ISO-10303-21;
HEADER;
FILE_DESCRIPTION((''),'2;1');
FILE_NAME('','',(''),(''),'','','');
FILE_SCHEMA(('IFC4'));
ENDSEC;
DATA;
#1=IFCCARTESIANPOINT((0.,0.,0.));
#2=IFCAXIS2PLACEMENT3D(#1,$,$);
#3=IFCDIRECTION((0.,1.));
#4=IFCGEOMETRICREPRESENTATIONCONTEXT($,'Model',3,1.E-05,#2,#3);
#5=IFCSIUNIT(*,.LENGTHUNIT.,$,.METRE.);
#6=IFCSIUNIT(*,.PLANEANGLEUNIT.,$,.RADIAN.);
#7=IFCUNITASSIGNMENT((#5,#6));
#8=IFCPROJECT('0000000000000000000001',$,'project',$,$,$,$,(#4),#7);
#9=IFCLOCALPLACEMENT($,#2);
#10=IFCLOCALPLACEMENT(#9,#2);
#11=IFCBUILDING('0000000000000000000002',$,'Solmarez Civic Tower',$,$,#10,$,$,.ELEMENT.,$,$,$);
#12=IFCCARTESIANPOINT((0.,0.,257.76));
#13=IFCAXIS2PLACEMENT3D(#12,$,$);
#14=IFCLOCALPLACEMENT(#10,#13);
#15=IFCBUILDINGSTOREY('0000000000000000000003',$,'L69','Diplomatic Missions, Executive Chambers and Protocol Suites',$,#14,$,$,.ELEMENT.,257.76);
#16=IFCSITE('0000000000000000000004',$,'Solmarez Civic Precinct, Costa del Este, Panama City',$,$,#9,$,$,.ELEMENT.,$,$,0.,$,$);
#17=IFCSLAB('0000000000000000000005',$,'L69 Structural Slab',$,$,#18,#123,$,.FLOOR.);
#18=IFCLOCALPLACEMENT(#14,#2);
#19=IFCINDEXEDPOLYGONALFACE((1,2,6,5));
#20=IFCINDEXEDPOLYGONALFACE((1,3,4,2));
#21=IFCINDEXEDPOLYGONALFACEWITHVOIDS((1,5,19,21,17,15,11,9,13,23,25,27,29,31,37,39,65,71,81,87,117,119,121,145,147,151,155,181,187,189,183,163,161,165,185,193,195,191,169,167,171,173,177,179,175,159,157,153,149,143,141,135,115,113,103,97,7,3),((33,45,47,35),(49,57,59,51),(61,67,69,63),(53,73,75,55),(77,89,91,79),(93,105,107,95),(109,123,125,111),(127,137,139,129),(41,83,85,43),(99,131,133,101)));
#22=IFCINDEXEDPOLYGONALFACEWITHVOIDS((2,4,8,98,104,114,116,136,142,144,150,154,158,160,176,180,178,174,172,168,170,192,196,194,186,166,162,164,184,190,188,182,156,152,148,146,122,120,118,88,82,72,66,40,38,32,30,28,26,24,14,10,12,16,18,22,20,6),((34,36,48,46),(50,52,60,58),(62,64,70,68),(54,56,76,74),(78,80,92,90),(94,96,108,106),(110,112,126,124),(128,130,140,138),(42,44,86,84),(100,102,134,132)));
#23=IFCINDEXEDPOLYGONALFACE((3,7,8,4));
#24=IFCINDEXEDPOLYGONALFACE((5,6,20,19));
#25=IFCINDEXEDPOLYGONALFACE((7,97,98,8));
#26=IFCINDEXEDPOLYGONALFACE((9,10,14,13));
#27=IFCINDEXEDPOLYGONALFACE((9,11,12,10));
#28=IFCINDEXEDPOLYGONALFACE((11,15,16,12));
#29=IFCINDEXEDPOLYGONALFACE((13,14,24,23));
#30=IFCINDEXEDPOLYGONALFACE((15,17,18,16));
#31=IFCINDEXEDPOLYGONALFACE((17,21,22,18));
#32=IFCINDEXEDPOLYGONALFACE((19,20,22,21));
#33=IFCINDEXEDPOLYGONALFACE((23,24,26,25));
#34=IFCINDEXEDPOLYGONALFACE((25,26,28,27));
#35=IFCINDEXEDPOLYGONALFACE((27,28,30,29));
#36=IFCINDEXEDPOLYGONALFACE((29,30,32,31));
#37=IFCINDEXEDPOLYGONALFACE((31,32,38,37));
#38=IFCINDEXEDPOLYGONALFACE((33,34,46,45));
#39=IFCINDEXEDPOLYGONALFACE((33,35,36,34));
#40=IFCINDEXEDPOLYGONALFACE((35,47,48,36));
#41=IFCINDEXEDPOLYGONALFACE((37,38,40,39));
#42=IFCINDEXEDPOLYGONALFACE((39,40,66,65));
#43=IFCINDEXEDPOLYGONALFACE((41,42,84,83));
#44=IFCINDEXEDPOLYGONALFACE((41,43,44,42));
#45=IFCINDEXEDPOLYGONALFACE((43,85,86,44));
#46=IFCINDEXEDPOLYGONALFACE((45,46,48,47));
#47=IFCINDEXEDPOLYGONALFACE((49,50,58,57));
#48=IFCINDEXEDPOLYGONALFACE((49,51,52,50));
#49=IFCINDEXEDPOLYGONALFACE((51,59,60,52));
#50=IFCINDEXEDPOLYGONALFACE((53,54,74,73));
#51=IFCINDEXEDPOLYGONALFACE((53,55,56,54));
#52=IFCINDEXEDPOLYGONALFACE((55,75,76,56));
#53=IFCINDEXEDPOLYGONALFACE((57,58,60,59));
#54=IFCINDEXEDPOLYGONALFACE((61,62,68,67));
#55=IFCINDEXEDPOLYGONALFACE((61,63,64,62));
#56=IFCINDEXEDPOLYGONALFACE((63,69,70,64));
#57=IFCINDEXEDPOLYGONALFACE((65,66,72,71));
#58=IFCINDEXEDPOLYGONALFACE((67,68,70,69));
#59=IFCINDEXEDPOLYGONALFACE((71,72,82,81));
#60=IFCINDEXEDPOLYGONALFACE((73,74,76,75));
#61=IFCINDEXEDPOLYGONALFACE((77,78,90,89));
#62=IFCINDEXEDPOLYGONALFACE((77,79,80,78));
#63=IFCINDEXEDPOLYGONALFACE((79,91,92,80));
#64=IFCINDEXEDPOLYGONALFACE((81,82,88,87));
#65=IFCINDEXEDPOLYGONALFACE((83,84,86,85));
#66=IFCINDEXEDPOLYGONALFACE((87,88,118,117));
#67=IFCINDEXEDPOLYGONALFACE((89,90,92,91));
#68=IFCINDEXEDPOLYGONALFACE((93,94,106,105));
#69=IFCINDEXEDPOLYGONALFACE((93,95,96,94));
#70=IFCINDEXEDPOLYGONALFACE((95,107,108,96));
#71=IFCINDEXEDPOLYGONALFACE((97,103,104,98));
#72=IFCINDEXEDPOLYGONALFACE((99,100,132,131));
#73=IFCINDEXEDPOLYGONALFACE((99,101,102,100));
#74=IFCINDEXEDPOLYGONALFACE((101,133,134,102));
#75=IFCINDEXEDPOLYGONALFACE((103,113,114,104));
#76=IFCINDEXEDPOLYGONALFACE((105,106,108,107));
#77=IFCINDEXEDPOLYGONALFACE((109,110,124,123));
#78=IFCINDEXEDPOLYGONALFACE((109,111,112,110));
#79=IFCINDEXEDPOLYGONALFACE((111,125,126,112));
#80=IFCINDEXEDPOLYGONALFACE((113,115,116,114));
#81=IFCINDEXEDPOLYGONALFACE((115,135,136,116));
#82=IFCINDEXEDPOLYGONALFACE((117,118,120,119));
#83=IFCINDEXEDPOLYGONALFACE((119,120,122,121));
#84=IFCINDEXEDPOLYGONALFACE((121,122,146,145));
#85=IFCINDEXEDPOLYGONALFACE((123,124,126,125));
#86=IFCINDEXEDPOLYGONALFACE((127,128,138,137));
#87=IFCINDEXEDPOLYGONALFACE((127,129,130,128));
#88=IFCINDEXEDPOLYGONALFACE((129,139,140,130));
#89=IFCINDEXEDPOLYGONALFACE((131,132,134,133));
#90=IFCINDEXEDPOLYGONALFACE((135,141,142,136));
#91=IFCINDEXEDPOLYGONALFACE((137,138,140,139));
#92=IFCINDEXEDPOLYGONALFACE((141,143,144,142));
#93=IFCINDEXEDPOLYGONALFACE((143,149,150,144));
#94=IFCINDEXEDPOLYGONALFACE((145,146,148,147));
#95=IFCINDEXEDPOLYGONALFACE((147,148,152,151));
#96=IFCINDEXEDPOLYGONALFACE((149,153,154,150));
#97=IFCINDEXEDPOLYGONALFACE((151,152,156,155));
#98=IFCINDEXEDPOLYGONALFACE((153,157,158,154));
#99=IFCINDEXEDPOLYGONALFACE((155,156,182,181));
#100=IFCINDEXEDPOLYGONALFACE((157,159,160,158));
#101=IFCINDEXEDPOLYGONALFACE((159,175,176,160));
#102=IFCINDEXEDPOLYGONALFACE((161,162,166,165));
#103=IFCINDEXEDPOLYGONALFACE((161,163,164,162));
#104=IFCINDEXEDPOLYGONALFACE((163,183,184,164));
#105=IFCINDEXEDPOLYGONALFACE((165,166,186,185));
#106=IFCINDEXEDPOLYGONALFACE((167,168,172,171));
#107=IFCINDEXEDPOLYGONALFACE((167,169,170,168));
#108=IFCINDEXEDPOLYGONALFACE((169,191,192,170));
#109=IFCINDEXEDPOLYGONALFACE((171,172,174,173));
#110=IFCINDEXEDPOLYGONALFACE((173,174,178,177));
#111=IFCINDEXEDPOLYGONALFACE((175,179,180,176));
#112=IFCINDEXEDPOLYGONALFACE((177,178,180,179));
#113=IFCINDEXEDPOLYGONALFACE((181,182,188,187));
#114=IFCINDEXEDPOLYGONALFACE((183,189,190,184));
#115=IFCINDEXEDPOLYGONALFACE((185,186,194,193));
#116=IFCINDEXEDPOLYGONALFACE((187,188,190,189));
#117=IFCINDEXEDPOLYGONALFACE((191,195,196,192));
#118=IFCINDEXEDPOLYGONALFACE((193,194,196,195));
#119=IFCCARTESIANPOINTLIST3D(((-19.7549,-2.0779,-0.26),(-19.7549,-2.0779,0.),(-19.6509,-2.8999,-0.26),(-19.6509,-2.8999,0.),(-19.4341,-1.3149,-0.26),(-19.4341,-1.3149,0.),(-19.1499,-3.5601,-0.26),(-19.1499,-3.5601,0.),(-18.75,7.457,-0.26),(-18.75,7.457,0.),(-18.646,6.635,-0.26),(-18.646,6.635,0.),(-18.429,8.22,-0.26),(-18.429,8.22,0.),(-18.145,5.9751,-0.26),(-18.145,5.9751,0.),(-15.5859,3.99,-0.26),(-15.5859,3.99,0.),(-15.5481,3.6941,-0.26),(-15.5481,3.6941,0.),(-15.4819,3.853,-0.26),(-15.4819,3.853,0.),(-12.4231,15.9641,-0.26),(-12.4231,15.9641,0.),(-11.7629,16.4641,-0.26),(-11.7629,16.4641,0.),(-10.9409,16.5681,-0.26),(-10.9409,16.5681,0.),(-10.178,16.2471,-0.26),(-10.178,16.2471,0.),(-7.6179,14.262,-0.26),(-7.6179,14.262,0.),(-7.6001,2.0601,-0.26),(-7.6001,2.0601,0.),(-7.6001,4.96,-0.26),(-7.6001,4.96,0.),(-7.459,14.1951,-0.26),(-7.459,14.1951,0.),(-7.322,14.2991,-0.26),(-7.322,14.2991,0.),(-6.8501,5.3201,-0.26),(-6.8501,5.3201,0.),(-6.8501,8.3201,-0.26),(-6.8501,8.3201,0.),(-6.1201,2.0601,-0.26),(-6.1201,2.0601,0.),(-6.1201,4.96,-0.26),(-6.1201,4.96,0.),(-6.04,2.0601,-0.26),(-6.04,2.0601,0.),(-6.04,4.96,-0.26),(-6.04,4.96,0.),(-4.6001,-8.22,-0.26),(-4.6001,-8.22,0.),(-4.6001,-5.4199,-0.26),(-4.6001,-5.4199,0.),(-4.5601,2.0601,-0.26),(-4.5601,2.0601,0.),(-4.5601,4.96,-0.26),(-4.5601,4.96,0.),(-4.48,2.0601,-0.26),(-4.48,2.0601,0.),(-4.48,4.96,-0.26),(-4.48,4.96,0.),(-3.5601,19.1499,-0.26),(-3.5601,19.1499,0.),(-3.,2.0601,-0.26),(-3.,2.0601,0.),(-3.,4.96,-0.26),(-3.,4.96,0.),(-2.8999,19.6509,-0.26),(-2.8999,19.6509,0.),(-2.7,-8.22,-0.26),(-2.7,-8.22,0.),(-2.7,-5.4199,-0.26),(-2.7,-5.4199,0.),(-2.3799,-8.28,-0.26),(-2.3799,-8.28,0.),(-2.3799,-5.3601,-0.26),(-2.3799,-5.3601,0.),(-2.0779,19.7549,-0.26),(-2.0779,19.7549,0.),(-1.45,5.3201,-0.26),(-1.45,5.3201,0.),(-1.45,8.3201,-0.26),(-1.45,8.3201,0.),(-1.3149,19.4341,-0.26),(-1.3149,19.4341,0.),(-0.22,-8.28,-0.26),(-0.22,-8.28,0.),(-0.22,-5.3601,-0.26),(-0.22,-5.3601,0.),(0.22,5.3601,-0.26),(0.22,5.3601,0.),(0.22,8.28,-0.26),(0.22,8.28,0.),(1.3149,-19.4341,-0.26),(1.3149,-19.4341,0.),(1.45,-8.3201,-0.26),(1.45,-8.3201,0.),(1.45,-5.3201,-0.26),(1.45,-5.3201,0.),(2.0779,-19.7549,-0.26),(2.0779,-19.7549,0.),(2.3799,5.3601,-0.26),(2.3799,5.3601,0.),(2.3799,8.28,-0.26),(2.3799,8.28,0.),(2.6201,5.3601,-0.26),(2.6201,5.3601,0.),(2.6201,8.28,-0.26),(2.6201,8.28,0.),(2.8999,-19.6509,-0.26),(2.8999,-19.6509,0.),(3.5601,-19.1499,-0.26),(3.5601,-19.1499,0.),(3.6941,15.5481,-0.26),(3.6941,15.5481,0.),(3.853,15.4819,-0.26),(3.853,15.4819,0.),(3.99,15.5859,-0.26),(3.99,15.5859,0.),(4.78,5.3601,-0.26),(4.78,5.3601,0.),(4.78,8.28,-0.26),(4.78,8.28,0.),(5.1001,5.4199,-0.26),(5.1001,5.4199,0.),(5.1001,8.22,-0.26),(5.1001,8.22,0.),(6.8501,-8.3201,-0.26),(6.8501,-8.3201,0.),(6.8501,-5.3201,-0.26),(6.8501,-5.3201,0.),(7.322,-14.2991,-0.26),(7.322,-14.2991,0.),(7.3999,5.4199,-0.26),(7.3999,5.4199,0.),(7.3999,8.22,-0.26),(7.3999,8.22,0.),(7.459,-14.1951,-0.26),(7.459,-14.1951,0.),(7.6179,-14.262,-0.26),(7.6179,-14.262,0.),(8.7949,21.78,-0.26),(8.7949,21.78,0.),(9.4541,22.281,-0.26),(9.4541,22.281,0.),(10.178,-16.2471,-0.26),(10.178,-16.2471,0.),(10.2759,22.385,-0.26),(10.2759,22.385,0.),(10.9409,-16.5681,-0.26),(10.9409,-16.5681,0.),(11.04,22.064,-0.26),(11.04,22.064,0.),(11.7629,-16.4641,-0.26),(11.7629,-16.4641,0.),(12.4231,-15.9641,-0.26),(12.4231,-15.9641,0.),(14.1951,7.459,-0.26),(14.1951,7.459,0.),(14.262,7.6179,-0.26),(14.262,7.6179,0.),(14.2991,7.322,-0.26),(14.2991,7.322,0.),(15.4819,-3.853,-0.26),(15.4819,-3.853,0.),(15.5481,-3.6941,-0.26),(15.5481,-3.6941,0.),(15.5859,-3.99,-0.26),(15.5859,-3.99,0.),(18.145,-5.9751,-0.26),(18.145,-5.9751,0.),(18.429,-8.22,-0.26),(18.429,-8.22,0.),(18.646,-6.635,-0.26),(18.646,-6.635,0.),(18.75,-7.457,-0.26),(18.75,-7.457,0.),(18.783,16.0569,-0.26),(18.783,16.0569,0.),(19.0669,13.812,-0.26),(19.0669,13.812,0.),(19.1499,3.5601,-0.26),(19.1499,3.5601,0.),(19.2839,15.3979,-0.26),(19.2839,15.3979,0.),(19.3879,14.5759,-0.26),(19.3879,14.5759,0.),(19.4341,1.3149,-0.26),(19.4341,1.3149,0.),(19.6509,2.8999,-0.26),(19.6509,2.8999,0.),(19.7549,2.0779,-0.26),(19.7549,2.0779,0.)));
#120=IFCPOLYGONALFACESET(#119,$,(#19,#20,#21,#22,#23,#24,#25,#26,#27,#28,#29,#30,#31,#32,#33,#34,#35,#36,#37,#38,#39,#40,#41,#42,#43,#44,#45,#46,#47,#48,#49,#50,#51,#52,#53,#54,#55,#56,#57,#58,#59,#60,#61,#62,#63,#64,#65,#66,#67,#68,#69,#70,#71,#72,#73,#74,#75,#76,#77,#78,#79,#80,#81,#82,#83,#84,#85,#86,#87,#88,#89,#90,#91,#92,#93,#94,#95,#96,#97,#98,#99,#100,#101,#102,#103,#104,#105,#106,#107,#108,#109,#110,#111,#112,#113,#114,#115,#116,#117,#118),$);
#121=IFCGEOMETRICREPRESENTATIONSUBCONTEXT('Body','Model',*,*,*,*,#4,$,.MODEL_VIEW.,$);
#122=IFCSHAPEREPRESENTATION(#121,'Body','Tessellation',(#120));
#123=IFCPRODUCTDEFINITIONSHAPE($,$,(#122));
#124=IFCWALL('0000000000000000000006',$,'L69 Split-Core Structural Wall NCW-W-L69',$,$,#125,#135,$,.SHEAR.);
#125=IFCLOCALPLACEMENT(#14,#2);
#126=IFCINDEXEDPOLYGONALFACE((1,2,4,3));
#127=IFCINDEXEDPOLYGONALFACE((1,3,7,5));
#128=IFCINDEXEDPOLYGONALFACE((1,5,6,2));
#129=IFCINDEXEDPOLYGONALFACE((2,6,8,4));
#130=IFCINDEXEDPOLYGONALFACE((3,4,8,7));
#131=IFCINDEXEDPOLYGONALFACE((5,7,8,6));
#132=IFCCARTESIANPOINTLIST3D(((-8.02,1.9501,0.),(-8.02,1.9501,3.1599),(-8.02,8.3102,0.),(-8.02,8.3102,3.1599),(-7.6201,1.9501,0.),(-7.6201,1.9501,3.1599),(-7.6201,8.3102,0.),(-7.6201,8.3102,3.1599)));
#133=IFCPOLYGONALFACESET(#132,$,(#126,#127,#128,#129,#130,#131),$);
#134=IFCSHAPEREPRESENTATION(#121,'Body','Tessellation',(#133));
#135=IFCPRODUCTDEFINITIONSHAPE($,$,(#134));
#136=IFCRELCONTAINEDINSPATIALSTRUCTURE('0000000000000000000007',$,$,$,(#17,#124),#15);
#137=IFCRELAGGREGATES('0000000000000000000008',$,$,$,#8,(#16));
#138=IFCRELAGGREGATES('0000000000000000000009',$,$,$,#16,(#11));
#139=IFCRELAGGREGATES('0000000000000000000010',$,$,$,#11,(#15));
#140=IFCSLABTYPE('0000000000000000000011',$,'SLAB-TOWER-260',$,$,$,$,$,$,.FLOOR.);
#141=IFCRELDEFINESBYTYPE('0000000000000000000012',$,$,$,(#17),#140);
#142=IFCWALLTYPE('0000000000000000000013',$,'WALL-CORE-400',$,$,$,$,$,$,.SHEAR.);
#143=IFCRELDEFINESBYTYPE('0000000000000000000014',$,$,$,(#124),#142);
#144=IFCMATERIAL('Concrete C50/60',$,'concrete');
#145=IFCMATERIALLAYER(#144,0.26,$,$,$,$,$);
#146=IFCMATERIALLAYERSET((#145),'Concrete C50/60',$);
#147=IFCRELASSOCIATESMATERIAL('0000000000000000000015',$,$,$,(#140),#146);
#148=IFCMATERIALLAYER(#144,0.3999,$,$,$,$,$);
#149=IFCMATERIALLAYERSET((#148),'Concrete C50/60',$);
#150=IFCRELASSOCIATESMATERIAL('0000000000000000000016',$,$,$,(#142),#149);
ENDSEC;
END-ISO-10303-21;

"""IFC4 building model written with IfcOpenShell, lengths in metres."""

from ifc_helpers import new_model, si_unit, direction, frame, frame_2d, origin, place, context, subcontext, project, spatial, polyline, rectangle, outline, extrude, material, layer, layer_set, type_object, element, save


model = new_model("IFC4")

# Units and contexts
model_context = context("Model", 3, precision=1e-05, world=origin(), true_north=direction((0.0, 1.0)))
body_context = subcontext(model_context, "Body", "Model", "MODEL_VIEW")
ifc_project = project(units=[si_unit("LENGTHUNIT", "METRE"), si_unit("PLANEANGLEUNIT", "RADIAN")], contexts=[model_context])

# Site, building, storey
site_placement = place(None, origin())
site = spatial("IfcSite", under=ifc_project, at=site_placement, Name="Solmarez Civic Precinct, Costa del Este, Panama City", CompositionType="ELEMENT", RefElevation=0.0)
building_placement = place(site_placement, origin())
building = spatial("IfcBuilding", under=site, at=building_placement, Name="Solmarez Civic Tower", CompositionType="ELEMENT")
storey_placement = place(building_placement, frame((0.0, 0.0, 257.76)))
storey = spatial("IfcBuildingStorey", under=building, at=storey_placement, Name="L69", Description="Diplomatic Missions, Executive Chambers and Protocol Suites", CompositionType="ELEMENT", Elevation=257.76)

# Shared definitions
ifc_material_1 = material(Name="Concrete C50/60", Category="concrete")

# Slab
ifc_layer_1 = layer(ifc_material_1, 0.26)
ifc_layer_set_1 = layer_set([ifc_layer_1], Name="Concrete C50/60")
slab_type_1 = type_object("IfcSlabType", Name="SLAB-TOWER-260", PredefinedType="FLOOR", material=ifc_layer_set_1)
slab_1_placement = place(storey_placement, frame((0.0, 0.0, -0.26)))
element("IfcSlab", 1, at=slab_1_placement, inside=storey, type_object=slab_type_1, Name="L69 Structural Slab", PredefinedType="FLOOR", context=body_context, shape_type="SweptSolid", body=[
    extrude(outline(polyline([(7.6179, -14.262), (10.178, -16.2471), (10.9409, -16.5681), (11.7629, -16.4641), (12.4231, -15.9641), (18.429, -8.22), (18.75, -7.457), (18.646, -6.635), (18.145, -5.9751), (15.5859, -3.99), (15.4819, -3.853), (15.5481, -3.6941), (19.4341, 1.3149), (19.7549, 2.0779), (19.6509, 2.8999), (19.1499, 3.5601), (14.2991, 7.322), (14.1951, 7.459), (14.262, 7.6179), (19.0669, 13.812), (19.3879, 14.5759), (19.2839, 15.3979), (18.783, 16.0569), (11.04, 22.064), (10.2759, 22.385), (9.4541, 22.281), (8.7949, 21.78), (3.99, 15.5859), (3.853, 15.4819), (3.6941, 15.5481), (-1.3149, 19.4341), (-2.0779, 19.7549), (-2.8999, 19.6509), (-3.5601, 19.1499), (-7.322, 14.2991), (-7.459, 14.1951), (-7.6179, 14.262), (-10.178, 16.2471), (-10.9409, 16.5681), (-11.7629, 16.4641), (-12.4231, 15.9641), (-18.429, 8.22), (-18.75, 7.457), (-18.646, 6.635), (-18.145, 5.9751), (-15.5859, 3.99), (-15.4819, 3.853), (-15.5481, 3.6941), (-19.4341, -1.3149), (-19.7549, -2.0779), (-19.6509, -2.8999), (-19.1499, -3.5601), (1.3149, -19.4341), (2.0779, -19.7549), (2.8999, -19.6509), (3.5601, -19.1499), (7.322, -14.2991), (7.459, -14.1951), (7.6179, -14.262)]), holes=[polyline([(-1.45, 8.3201), (-6.8501, 8.3201), (-6.8501, 5.3201), (-1.45, 5.3201), (-1.45, 8.3201)]), polyline([(1.45, -8.3201), (6.8501, -8.3201), (6.8501, -5.3201), (1.45, -5.3201), (1.45, -8.3201)]), polyline([(0.22, 5.3601), (2.3799, 5.3601), (2.3799, 8.28), (0.22, 8.28), (0.22, 5.3601)]), polyline([(2.6201, 5.3601), (4.78, 5.3601), (4.78, 8.28), (2.6201, 8.28), (2.6201, 5.3601)]), polyline([(-2.3799, -8.28), (-0.22, -8.28), (-0.22, -5.3601), (-2.3799, -5.3601), (-2.3799, -8.28)]), polyline([(-7.6001, 2.0601), (-6.1201, 2.0601), (-6.1201, 4.96), (-7.6001, 4.96), (-7.6001, 2.0601)]), polyline([(-6.04, 2.0601), (-4.5601, 2.0601), (-4.5601, 4.96), (-6.04, 4.96), (-6.04, 2.0601)]), polyline([(-4.48, 2.0601), (-3.0, 2.0601), (-3.0, 4.96), (-4.48, 4.96), (-4.48, 2.0601)]), polyline([(5.1001, 5.4199), (7.3999, 5.4199), (7.3999, 8.22), (5.1001, 8.22), (5.1001, 5.4199)]), polyline([(-4.6001, -8.22), (-2.7, -8.22), (-2.7, -5.4199), (-4.6001, -5.4199), (-4.6001, -8.22)])]), origin(), (0.0, 0.0, 1.0), 0.26),
])

# Wall
ifc_layer_2 = layer(ifc_material_1, 0.3999)
ifc_layer_set_2 = layer_set([ifc_layer_2], Name="Concrete C50/60")
wall_type_1 = type_object("IfcWallType", Name="WALL-CORE-400", PredefinedType="SHEAR", material=ifc_layer_set_2)
wall_1_placement = place(storey_placement, frame((-7.8201, 1.95, 0.0), z_axis=(0.0, 0.0, 1.0), x_axis=(0.0, 1.0, 0.0)))
element("IfcWall", 2, at=wall_1_placement, inside=storey, type_object=wall_type_1, Name="L69 Split-Core Structural Wall NCW-W-L69", PredefinedType="SHEAR", context=body_context, shape_type="SweptSolid", body=[
    extrude(rectangle(XDim=6.3601, YDim=0.3999, at=frame_2d((3.1802, 0.0))), origin(), (0.0, 0.0, 1.0), 3.1599),
])

save(model, "model.ifc")
